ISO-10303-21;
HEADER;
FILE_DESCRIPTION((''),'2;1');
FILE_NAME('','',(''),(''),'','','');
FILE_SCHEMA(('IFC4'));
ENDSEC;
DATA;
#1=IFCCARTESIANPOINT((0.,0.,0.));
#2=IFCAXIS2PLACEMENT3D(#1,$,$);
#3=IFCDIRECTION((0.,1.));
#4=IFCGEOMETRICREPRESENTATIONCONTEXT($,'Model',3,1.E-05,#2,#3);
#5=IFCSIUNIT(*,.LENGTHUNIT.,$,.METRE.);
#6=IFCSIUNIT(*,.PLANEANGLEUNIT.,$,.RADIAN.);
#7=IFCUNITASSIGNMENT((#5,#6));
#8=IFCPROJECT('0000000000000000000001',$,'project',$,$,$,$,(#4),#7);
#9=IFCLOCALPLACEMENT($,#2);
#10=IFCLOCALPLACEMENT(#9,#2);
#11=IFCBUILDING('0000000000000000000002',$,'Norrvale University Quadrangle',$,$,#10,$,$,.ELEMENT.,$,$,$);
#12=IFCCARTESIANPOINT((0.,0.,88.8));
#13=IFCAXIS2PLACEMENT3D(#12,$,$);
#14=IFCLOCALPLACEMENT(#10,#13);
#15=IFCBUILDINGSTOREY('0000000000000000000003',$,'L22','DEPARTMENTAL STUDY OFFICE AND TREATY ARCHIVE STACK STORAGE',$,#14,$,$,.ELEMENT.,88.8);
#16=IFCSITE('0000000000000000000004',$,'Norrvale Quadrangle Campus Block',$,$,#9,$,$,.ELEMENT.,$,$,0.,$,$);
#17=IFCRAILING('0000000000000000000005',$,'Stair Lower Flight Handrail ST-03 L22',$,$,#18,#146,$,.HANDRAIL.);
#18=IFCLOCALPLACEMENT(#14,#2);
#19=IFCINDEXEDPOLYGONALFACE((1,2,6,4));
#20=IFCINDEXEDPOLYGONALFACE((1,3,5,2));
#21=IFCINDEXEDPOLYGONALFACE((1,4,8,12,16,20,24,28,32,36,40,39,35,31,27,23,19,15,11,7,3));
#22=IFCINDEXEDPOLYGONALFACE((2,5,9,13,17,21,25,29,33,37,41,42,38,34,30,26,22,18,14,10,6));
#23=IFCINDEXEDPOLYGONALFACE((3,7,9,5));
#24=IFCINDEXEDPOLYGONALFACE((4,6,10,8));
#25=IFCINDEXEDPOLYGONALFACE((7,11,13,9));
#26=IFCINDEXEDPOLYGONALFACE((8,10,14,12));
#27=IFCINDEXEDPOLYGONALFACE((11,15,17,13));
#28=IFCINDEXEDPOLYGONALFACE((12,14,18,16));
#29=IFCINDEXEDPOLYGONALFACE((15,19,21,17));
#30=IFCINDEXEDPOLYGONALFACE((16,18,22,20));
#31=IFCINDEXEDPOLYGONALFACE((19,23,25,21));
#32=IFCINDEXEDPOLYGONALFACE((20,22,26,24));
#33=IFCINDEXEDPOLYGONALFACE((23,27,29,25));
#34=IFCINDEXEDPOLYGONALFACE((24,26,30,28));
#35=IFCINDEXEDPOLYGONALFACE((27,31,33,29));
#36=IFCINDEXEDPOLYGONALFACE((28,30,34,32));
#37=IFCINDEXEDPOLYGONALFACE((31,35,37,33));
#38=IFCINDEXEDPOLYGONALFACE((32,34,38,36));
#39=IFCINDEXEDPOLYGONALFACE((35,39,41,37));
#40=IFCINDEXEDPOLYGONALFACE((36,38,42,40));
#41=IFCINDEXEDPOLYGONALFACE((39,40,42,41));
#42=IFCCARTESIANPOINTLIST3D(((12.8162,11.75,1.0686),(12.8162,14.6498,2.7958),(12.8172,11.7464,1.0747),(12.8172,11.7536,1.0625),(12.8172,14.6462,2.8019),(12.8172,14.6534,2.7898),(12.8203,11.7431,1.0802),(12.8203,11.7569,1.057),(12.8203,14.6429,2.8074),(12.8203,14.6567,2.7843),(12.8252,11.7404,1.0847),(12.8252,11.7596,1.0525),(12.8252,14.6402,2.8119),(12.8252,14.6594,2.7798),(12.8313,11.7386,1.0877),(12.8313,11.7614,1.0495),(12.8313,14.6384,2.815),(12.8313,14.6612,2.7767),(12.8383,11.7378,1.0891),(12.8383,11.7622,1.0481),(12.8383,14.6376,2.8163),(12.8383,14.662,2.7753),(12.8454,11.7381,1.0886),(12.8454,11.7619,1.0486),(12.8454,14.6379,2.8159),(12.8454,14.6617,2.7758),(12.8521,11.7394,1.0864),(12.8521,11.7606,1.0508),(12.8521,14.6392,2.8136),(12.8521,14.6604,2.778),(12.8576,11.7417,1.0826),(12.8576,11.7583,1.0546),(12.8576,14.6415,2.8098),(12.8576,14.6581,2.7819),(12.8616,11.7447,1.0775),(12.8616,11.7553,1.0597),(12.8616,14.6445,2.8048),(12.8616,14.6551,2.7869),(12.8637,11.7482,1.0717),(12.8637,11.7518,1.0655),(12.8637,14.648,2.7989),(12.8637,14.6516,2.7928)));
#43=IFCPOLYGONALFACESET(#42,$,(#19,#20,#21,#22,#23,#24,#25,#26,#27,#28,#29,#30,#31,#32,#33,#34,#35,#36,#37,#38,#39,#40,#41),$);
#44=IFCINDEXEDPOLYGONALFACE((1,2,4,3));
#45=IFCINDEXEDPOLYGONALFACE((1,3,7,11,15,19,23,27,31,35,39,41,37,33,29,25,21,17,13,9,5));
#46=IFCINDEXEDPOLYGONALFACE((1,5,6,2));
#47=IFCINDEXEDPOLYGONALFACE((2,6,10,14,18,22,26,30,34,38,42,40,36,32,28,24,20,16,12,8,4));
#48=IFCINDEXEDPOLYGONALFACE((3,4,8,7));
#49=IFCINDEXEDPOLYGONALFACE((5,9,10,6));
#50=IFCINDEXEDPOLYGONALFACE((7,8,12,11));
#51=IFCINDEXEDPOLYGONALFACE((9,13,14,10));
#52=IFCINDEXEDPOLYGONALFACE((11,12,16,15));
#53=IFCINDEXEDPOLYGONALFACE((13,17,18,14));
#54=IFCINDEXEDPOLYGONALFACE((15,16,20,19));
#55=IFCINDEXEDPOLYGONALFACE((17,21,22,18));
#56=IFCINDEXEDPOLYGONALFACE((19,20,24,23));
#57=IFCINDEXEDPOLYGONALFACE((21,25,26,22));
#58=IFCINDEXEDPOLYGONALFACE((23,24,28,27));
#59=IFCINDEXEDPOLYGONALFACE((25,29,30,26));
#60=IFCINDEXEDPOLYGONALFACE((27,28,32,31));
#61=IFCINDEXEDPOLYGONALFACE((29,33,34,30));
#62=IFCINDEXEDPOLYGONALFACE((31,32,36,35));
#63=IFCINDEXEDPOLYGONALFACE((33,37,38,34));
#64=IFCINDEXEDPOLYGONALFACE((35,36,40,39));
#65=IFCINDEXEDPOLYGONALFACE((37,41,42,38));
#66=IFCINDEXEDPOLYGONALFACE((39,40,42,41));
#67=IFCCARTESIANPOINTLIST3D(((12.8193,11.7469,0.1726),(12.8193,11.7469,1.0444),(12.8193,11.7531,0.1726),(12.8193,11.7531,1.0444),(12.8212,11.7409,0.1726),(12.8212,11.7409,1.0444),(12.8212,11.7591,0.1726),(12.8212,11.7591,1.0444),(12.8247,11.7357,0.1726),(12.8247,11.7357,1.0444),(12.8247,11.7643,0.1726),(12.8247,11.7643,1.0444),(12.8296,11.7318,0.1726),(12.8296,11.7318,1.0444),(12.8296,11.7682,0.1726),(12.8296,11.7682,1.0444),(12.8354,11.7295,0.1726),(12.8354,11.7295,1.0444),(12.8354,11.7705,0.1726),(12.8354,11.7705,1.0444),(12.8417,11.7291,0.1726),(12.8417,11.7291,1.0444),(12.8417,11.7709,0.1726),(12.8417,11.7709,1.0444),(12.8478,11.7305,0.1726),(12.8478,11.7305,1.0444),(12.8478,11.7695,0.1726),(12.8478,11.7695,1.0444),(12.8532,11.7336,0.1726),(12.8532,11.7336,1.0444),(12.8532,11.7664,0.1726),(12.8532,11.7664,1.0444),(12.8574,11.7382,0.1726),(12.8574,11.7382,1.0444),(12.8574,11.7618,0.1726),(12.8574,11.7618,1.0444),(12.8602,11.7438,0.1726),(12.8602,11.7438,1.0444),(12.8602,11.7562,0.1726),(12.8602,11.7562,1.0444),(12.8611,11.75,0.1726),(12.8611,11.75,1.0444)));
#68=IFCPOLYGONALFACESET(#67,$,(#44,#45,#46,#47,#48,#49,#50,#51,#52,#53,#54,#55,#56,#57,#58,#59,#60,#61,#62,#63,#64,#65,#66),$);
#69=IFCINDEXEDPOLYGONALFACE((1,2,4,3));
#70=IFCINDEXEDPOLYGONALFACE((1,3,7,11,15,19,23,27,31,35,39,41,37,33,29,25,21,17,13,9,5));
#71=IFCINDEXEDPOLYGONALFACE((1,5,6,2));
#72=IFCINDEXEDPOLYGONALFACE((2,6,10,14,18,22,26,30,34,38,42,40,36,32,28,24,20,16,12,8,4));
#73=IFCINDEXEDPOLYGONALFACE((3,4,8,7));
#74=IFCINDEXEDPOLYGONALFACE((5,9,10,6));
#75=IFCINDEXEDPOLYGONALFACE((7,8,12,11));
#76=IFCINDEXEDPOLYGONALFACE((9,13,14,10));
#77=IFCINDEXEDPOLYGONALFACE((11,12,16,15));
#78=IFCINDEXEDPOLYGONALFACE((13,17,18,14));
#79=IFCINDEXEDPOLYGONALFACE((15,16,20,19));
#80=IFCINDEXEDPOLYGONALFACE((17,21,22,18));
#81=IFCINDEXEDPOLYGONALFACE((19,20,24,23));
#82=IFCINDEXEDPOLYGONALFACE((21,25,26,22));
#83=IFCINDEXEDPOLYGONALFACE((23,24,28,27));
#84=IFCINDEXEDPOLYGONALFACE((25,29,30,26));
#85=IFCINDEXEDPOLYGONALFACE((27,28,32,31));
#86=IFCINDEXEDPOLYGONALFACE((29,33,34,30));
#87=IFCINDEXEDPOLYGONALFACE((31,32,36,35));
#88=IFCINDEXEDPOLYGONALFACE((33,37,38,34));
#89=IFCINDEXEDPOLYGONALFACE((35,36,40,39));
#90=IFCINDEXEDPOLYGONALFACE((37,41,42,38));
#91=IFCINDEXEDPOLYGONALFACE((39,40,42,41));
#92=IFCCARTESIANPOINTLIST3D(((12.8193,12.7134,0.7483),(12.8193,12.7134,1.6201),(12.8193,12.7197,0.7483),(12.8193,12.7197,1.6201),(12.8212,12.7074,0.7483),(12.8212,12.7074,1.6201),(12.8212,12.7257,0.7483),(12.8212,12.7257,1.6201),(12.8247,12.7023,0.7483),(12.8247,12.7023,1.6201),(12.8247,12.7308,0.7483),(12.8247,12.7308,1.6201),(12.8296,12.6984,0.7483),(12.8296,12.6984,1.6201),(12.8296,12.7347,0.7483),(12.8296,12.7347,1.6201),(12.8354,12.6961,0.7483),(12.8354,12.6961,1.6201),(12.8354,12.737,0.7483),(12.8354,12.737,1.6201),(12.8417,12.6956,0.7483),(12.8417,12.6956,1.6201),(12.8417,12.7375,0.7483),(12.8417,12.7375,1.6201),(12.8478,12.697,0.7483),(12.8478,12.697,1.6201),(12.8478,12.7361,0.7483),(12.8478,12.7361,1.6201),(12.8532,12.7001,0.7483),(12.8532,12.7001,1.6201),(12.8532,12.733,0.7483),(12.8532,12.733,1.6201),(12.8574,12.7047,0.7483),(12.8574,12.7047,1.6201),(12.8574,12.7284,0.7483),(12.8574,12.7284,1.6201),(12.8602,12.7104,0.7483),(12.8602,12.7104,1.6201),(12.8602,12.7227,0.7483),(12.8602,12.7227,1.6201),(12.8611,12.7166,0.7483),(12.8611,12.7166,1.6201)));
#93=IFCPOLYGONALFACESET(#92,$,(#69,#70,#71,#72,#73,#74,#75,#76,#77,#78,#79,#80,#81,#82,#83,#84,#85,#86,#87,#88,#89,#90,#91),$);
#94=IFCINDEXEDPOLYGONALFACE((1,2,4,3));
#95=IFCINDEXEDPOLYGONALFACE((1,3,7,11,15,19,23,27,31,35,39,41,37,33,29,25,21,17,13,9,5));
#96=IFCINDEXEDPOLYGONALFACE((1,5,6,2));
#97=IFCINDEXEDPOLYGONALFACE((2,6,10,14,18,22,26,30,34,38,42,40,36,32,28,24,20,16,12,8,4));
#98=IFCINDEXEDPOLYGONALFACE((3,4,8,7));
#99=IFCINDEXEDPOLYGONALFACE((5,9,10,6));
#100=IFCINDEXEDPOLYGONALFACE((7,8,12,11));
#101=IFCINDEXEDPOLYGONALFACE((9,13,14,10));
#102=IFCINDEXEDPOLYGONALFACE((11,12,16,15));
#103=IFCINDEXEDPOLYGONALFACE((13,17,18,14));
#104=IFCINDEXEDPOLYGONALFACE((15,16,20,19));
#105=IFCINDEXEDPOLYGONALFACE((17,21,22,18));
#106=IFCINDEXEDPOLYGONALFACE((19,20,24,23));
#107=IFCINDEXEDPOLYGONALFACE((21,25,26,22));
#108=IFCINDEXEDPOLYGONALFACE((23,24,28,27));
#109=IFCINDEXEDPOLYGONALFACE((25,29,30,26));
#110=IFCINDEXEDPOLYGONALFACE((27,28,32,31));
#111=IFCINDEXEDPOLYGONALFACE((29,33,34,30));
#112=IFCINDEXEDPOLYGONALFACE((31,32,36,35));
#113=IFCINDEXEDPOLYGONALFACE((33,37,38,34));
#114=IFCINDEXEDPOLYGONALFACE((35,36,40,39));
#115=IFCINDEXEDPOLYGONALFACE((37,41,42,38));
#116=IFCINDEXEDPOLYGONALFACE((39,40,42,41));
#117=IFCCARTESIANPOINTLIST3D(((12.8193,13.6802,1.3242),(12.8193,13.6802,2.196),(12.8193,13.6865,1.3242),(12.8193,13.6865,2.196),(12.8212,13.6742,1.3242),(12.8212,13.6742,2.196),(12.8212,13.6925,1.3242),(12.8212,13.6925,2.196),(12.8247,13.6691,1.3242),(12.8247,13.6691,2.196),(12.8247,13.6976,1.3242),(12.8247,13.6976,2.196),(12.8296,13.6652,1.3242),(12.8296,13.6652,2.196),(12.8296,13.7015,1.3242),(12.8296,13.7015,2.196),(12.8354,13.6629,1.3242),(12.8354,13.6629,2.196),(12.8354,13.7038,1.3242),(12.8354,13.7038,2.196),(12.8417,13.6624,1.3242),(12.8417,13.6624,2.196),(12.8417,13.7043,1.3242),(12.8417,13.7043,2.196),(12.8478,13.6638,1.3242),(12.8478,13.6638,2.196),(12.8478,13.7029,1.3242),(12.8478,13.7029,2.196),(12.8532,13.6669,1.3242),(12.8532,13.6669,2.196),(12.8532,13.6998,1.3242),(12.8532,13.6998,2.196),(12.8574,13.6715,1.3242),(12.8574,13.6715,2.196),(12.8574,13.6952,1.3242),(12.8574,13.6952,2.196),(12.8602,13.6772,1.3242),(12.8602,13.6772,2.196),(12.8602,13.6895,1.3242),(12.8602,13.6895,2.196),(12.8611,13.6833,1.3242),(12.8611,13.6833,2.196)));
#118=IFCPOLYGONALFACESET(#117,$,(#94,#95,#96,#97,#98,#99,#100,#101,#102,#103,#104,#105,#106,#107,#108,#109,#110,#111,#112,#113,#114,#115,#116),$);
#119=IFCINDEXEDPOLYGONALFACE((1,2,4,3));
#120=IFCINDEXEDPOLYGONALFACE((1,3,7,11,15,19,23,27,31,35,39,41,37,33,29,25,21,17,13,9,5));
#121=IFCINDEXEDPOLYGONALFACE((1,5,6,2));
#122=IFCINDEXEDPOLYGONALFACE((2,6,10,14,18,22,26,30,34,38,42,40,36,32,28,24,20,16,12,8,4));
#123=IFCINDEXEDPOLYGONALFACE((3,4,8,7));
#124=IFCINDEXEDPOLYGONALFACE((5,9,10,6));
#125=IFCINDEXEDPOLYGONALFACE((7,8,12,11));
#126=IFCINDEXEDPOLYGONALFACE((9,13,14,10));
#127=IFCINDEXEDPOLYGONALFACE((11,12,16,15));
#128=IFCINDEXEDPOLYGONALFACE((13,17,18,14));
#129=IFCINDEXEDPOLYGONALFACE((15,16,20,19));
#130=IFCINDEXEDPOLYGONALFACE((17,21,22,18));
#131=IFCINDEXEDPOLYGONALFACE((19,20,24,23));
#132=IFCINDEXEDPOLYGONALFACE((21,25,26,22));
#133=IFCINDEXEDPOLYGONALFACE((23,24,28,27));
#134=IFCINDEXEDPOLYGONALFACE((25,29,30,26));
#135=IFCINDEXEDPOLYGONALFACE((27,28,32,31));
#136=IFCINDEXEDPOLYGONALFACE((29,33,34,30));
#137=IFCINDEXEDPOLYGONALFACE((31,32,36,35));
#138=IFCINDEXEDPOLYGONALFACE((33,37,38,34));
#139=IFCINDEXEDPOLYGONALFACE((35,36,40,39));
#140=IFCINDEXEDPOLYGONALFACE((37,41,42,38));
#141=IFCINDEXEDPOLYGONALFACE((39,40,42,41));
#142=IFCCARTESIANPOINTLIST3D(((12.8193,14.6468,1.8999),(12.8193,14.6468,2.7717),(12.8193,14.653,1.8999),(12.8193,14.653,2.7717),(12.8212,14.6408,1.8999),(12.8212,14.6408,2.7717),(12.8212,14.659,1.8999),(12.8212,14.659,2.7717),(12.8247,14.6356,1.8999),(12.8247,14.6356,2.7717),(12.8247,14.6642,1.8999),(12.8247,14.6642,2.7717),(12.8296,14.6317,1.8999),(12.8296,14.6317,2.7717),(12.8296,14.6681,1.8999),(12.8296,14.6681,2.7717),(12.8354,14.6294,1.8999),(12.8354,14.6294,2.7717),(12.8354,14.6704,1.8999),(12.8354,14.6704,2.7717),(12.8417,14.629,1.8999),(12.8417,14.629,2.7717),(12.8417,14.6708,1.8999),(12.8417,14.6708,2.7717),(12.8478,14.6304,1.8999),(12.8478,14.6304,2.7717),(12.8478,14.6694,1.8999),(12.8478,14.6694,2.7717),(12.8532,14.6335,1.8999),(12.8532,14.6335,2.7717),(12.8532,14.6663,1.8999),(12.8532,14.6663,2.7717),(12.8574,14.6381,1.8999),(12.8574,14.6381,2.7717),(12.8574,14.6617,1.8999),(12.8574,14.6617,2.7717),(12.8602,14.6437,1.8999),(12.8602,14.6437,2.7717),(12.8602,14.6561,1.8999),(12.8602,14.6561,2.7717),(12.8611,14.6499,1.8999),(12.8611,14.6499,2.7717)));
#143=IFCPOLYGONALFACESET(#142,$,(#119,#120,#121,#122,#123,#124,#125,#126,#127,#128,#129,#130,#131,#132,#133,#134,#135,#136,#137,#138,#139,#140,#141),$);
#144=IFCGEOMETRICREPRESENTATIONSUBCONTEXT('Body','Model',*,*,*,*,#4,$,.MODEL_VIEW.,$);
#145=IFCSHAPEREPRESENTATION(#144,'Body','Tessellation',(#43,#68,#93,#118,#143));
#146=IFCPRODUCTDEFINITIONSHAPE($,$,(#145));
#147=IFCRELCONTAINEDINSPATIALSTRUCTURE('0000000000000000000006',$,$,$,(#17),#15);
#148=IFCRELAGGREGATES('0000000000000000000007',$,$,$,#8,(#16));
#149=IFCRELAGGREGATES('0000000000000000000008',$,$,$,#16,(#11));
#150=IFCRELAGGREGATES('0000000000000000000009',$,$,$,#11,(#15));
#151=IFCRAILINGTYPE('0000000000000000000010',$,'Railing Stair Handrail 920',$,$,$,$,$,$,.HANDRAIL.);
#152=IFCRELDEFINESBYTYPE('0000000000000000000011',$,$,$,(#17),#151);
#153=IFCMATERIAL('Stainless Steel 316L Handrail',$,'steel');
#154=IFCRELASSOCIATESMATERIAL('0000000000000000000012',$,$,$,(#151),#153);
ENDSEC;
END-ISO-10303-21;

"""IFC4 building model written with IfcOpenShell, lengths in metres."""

from ifc_helpers import new_model, si_unit, direction, frame, origin, origin_2d, place, context, subcontext, project, spatial, circle, extrude, material, type_object, element, save


model = new_model("IFC4")

# Units and contexts
model_context = context("Model", 3, precision=1e-05, world=origin(), true_north=direction((0.0, 1.0)))
body_context = subcontext(model_context, "Body", "Model", "MODEL_VIEW")
ifc_project = project(units=[si_unit("LENGTHUNIT", "METRE"), si_unit("PLANEANGLEUNIT", "RADIAN")], contexts=[model_context])

# Site, building, storey
site_placement = place(None, origin())
site = spatial("IfcSite", under=ifc_project, at=site_placement, Name="Norrvale Quadrangle Campus Block", CompositionType="ELEMENT", RefElevation=0.0)
building_placement = place(site_placement, origin())
building = spatial("IfcBuilding", under=site, at=building_placement, Name="Norrvale University Quadrangle", CompositionType="ELEMENT")
storey_placement = place(building_placement, frame((0.0, 0.0, 88.8)))
storey = spatial("IfcBuildingStorey", under=building, at=storey_placement, Name="L22", Description="DEPARTMENTAL STUDY OFFICE AND TREATY ARCHIVE STACK STORAGE", CompositionType="ELEMENT", Elevation=88.8)

# Railing
ifc_material_1 = material(Name="Stainless Steel 316L Handrail", Category="steel")
railing_type_1 = type_object("IfcRailingType", Name="Railing Stair Handrail 920", PredefinedType="HANDRAIL", material=ifc_material_1)
railing_1_placement = place(storey_placement, frame((12.8401, 11.75, 0.1726)))
element("IfcRailing", 1, at=railing_1_placement, inside=storey, type_object=railing_type_1, Name="Stair Lower Flight Handrail ST-03 L22", PredefinedType="HANDRAIL", context=body_context, shape_type="SweptSolid", body=[
    extrude(circle(Radius=0.0239, at=origin_2d()), frame((0.0, 0.0, 0.896), z_axis=(0.0, 0.859141, 0.511738), x_axis=(-1.0, 0.0, 0.0)), (0.0, 0.0, 1.0), 3.3752),
    extrude(circle(Radius=0.021, at=origin_2d()), origin(), (0.0, 0.0, 1.0), 0.8718),
    extrude(circle(Radius=0.021, at=origin_2d()), frame((0.0, 0.9666, 0.5757)), (0.0, 0.0, 1.0), 0.8718),
    extrude(circle(Radius=0.021, at=origin_2d()), frame((0.0, 1.9333, 1.1516)), (0.0, 0.0, 1.0), 0.8718),
    extrude(circle(Radius=0.021, at=origin_2d()), frame((0.0, 2.8999, 1.7273)), (0.0, 0.0, 1.0), 0.8718),
])

save(model, "model.ifc")
